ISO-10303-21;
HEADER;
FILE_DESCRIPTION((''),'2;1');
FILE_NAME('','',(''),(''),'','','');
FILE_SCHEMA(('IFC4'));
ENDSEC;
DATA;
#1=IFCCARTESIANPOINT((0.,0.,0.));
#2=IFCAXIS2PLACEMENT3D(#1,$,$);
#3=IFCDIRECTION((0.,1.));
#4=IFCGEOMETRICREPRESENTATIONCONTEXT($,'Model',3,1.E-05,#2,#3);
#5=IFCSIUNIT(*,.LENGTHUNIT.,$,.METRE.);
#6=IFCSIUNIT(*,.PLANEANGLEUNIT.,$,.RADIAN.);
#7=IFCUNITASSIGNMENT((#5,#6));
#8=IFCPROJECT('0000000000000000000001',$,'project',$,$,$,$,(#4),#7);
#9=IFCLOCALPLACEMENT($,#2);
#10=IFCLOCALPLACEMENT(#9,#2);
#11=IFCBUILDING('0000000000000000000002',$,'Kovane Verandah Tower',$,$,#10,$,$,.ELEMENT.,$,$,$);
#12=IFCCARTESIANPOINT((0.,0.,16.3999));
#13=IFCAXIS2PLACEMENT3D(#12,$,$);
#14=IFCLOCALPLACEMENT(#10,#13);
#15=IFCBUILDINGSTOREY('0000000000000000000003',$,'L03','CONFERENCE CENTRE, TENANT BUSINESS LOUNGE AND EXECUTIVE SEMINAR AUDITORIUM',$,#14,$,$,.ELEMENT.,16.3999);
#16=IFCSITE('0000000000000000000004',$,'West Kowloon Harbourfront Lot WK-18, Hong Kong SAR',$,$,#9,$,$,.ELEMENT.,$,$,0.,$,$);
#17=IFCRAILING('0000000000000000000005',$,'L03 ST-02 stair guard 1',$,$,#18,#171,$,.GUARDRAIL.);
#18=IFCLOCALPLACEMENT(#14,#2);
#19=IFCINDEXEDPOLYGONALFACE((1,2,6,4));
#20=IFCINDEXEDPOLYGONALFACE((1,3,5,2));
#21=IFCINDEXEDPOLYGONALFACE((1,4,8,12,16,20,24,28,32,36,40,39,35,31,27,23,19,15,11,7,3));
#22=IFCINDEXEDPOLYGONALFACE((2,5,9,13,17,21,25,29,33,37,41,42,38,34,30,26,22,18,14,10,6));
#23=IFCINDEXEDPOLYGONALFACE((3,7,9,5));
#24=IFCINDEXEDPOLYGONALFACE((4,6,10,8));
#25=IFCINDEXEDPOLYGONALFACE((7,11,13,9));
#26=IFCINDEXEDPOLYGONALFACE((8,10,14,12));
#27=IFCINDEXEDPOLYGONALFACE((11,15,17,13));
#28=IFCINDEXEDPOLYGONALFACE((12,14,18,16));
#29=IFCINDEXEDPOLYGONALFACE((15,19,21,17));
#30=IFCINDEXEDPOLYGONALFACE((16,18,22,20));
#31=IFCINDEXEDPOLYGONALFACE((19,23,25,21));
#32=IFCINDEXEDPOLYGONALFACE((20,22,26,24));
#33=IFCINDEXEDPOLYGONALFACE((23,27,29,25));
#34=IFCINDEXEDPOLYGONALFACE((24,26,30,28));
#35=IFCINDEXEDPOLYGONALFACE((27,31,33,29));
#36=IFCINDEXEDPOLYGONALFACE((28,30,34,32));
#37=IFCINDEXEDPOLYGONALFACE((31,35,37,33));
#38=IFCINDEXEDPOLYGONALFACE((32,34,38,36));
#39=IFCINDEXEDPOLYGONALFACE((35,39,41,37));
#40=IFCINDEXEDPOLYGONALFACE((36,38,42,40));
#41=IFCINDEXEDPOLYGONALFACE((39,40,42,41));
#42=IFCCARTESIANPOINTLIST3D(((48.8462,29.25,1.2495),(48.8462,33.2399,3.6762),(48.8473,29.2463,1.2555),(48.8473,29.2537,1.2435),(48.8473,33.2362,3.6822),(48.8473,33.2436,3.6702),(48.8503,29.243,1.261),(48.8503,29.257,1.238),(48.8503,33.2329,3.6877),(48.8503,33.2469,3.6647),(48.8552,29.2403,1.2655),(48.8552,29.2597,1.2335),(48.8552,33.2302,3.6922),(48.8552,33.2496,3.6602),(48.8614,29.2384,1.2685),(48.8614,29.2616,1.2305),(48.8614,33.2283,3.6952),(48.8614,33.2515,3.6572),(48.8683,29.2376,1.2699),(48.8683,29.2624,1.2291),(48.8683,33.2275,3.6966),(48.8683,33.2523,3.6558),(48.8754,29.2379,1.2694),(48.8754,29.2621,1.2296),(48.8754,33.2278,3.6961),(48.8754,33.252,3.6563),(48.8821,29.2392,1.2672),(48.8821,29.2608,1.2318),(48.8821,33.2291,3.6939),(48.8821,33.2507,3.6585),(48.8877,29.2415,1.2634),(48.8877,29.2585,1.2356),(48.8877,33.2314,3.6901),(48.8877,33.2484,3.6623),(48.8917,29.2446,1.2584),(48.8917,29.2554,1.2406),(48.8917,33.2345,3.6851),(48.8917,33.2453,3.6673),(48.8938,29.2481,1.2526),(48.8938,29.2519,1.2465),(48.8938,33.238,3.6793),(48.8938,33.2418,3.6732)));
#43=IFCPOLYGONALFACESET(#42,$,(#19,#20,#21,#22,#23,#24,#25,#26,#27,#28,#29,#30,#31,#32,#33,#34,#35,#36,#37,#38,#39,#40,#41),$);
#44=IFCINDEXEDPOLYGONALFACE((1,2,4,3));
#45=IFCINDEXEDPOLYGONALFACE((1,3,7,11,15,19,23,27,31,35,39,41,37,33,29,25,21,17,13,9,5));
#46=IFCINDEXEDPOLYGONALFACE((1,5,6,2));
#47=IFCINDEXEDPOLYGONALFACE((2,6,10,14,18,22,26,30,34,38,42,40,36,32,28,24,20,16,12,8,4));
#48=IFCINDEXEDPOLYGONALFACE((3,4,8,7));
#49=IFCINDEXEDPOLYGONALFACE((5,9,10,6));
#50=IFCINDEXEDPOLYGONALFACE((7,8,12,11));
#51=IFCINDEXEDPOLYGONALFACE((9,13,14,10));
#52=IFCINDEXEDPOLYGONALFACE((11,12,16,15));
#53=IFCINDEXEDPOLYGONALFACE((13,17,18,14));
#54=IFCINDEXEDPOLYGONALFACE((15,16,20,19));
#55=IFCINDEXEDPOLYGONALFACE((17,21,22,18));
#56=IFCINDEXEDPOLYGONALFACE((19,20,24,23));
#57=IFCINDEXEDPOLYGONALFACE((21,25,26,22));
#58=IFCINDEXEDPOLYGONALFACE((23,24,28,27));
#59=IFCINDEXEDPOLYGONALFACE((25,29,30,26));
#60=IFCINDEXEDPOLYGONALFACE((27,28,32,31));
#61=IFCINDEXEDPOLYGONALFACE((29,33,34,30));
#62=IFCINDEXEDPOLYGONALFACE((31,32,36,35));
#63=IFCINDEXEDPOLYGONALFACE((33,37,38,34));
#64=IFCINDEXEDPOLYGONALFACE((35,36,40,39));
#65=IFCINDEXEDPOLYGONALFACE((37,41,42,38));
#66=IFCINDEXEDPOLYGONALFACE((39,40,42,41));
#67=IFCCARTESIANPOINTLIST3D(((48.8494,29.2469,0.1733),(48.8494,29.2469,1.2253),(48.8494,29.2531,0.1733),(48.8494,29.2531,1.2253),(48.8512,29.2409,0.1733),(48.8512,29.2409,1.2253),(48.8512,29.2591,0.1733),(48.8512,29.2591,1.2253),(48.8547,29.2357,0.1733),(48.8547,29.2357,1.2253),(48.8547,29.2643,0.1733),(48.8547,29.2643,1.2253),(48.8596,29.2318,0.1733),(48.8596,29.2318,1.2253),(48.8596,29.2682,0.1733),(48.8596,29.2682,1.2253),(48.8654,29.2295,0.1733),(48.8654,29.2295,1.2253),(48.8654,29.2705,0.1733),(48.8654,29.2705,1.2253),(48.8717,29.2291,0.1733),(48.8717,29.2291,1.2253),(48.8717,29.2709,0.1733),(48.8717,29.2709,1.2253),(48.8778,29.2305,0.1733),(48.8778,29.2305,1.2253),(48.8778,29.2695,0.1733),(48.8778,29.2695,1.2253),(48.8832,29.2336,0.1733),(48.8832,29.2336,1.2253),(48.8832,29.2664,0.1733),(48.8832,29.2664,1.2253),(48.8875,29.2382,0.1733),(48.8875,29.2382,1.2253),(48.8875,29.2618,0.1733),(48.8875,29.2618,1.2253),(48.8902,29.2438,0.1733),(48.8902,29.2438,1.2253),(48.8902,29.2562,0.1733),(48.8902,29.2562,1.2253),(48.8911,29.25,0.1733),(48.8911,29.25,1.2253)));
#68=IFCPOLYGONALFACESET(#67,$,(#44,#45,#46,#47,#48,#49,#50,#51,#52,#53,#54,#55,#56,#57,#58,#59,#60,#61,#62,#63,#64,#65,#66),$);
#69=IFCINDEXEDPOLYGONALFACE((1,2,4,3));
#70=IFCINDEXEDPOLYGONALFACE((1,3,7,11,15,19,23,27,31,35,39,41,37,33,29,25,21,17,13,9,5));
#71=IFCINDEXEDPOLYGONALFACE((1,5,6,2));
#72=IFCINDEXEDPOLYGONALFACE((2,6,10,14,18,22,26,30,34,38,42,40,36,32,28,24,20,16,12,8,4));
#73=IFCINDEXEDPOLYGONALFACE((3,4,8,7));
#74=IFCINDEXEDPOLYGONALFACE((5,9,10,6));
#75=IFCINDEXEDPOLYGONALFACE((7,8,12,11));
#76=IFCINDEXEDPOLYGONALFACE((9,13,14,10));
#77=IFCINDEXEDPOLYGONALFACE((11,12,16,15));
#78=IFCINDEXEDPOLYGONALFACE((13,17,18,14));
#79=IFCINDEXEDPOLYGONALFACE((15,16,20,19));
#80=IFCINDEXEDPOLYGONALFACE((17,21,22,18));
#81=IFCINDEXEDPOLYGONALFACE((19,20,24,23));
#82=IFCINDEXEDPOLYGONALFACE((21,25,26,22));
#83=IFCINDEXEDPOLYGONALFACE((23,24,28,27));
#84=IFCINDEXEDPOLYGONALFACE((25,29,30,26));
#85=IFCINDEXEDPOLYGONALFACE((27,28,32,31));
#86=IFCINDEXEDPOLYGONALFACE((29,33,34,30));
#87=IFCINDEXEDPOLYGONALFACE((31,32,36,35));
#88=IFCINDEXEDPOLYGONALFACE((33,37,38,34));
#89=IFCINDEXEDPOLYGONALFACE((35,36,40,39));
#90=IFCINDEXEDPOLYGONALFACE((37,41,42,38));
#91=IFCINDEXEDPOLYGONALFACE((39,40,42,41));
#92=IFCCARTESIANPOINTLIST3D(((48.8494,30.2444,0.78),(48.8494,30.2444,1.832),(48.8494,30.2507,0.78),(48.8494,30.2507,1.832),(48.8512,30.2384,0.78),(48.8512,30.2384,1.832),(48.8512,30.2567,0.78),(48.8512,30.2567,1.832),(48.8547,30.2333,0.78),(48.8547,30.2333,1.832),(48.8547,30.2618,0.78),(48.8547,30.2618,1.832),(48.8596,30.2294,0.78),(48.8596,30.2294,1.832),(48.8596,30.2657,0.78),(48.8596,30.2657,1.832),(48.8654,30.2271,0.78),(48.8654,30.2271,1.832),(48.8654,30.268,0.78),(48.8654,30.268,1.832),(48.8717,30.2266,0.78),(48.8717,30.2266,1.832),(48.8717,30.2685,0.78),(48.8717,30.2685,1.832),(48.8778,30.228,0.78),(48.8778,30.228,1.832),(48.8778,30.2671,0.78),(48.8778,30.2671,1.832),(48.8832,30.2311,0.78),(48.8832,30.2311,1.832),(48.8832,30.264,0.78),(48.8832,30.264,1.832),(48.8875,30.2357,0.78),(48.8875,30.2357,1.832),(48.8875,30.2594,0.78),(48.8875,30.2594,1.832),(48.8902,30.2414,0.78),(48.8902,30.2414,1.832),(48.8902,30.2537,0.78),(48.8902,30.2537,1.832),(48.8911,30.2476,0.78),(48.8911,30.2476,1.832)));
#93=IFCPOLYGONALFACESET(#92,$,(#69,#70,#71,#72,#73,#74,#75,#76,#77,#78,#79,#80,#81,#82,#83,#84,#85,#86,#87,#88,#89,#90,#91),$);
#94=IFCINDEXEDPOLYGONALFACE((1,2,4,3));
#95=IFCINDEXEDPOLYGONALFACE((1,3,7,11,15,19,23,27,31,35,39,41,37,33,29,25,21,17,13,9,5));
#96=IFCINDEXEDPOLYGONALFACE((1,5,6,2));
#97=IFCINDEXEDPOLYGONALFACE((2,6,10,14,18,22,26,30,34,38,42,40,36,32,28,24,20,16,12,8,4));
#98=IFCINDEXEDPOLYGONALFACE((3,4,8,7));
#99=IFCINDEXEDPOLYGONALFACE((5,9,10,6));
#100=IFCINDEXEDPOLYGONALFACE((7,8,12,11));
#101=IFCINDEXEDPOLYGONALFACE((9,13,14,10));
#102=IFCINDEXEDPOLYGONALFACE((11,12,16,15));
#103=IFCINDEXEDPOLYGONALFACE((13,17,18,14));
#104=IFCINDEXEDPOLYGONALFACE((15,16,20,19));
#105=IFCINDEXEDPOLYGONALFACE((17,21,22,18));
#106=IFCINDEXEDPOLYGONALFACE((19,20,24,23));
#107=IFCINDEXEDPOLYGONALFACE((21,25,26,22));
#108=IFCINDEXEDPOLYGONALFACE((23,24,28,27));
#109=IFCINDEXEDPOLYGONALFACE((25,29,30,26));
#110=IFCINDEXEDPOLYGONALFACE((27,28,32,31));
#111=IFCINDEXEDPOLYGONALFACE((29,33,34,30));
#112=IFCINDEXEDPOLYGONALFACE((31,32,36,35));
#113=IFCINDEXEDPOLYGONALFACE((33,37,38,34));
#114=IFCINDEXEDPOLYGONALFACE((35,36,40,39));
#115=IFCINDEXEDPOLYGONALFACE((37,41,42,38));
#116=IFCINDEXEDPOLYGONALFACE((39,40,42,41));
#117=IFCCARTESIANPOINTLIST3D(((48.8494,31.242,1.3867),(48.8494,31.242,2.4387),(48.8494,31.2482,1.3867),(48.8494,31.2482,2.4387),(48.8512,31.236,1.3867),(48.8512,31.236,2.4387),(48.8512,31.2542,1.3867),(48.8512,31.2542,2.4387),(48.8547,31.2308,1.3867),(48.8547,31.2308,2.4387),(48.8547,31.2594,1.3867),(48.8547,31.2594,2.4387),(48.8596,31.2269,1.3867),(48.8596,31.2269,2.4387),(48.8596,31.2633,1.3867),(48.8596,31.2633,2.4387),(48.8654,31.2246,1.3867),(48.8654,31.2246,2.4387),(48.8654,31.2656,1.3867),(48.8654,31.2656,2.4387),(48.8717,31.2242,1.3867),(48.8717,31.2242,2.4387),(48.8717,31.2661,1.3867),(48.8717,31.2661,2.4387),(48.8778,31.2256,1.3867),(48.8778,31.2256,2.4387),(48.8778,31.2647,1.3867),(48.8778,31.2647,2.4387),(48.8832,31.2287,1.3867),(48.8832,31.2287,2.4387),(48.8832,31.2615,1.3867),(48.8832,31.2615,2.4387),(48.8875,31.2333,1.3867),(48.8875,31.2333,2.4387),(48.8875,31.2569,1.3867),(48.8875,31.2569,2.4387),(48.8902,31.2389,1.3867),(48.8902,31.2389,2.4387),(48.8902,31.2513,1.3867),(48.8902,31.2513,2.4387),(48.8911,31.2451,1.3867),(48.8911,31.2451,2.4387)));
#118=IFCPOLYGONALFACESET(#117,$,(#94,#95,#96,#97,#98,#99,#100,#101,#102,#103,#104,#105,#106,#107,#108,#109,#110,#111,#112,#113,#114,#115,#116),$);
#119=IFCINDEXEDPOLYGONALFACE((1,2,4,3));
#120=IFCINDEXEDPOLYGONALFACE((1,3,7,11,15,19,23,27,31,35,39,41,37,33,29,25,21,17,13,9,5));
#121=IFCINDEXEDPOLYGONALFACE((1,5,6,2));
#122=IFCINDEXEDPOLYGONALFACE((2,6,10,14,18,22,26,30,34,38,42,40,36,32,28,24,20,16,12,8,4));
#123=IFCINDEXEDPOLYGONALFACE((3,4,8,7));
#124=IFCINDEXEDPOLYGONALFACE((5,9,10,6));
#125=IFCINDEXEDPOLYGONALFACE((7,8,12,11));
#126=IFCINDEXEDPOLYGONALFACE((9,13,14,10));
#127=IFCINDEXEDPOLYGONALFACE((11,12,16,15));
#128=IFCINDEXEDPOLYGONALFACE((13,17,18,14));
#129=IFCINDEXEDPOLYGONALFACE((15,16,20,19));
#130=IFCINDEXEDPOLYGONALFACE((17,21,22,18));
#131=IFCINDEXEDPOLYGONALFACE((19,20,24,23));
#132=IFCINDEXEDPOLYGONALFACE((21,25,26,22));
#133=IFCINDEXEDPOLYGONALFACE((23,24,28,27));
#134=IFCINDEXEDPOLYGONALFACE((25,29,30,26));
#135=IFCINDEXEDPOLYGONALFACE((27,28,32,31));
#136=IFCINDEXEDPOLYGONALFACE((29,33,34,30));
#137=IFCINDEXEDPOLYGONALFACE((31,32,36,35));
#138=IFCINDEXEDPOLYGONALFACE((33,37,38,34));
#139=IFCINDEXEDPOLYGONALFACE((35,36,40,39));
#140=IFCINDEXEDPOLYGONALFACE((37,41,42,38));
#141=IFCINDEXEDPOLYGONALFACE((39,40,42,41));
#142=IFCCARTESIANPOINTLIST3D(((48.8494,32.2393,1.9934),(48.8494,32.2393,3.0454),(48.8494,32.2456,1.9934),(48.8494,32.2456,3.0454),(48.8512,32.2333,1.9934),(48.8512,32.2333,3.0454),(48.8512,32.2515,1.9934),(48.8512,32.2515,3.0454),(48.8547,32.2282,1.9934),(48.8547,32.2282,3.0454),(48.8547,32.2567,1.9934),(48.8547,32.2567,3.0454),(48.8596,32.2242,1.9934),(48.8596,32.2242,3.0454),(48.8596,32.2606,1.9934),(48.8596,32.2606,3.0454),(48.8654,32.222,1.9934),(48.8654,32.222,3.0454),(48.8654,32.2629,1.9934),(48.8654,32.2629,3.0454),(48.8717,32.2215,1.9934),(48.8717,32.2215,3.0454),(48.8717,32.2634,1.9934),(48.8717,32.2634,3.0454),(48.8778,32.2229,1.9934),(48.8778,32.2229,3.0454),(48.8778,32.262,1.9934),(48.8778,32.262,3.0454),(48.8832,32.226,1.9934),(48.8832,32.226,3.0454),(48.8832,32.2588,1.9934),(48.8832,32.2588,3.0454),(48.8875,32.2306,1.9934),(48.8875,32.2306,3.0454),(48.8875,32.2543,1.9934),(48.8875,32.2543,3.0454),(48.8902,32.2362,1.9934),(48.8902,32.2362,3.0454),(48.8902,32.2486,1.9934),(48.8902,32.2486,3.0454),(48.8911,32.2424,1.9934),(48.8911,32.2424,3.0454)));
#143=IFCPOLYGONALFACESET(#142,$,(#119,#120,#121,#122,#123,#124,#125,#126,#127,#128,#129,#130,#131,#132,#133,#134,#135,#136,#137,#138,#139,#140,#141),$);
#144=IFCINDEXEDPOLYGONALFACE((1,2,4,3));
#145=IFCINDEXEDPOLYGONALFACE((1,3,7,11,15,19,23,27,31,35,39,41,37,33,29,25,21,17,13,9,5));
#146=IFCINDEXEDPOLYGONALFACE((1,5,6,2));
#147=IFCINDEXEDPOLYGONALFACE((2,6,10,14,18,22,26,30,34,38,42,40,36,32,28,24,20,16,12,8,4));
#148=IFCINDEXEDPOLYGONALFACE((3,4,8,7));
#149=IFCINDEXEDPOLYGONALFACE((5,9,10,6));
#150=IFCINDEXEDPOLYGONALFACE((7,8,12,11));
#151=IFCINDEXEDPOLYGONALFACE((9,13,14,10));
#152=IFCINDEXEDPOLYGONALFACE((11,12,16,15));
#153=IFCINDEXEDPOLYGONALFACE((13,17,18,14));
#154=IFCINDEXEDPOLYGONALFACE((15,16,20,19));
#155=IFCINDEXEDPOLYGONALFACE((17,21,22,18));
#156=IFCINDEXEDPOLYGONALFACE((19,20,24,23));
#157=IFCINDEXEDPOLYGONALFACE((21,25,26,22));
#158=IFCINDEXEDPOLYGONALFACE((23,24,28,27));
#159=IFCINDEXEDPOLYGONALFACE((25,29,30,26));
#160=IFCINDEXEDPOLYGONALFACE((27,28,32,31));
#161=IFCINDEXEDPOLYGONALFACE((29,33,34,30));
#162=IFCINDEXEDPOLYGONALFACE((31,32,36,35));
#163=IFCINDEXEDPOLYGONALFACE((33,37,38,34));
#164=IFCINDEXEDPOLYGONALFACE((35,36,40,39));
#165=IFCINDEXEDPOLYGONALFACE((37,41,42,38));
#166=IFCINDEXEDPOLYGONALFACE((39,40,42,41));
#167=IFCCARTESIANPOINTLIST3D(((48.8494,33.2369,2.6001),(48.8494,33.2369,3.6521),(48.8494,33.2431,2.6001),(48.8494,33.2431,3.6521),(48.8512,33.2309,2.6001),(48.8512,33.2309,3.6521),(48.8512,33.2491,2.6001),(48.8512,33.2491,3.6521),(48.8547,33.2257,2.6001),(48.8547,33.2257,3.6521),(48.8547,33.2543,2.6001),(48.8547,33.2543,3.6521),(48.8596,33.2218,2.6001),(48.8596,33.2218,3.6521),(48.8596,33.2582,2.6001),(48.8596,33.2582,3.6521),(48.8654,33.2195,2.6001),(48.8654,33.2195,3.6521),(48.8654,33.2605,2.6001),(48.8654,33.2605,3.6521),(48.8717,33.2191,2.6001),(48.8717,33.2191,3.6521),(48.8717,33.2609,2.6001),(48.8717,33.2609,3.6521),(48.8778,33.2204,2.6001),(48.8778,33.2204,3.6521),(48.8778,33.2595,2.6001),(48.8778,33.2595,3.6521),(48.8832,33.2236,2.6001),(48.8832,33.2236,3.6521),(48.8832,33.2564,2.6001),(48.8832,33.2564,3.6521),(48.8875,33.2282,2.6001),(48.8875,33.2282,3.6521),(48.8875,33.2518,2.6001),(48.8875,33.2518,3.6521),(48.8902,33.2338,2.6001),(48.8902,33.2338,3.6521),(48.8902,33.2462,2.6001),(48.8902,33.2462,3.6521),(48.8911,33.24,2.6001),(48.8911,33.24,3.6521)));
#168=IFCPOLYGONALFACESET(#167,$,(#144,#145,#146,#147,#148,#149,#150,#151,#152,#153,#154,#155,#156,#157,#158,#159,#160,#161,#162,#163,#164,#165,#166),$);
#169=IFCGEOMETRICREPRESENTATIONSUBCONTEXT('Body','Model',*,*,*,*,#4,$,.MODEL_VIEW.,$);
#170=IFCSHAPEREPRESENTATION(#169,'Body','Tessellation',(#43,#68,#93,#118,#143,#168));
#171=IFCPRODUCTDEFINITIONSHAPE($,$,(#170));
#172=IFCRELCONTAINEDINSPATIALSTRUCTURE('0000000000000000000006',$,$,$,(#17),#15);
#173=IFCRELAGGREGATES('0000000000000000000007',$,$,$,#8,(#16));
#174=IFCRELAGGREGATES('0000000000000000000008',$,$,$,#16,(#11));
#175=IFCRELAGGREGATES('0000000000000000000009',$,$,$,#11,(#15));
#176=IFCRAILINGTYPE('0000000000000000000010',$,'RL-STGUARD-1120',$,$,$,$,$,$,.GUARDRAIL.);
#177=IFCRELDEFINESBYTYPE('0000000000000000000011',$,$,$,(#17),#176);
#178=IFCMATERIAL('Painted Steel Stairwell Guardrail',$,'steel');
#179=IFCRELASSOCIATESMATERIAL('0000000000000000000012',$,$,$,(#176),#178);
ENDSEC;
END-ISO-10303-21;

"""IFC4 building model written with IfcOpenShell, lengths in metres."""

from ifc_helpers import new_model, si_unit, direction, frame, origin, origin_2d, place, context, subcontext, project, spatial, circle, extrude, material, type_object, element, save


model = new_model("IFC4")

# Units and contexts
model_context = context("Model", 3, precision=1e-05, world=origin(), true_north=direction((0.0, 1.0)))
body_context = subcontext(model_context, "Body", "Model", "MODEL_VIEW")
ifc_project = project(units=[si_unit("LENGTHUNIT", "METRE"), si_unit("PLANEANGLEUNIT", "RADIAN")], contexts=[model_context])

# Site, building, storey
site_placement = place(None, origin())
site = spatial("IfcSite", under=ifc_project, at=site_placement, Name="West Kowloon Harbourfront Lot WK-18, Hong Kong SAR", CompositionType="ELEMENT", RefElevation=0.0)
building_placement = place(site_placement, origin())
building = spatial("IfcBuilding", under=site, at=building_placement, Name="Kovane Verandah Tower", CompositionType="ELEMENT")
storey_placement = place(building_placement, frame((0.0, 0.0, 16.3999)))
storey = spatial("IfcBuildingStorey", under=building, at=storey_placement, Name="L03", Description="CONFERENCE CENTRE, TENANT BUSINESS LOUNGE AND EXECUTIVE SEMINAR AUDITORIUM", CompositionType="ELEMENT", Elevation=16.3999)

# Railing
ifc_material_1 = material(Name="Painted Steel Stairwell Guardrail", Category="steel")
railing_type_1 = type_object("IfcRailingType", Name="RL-STGUARD-1120", PredefinedType="GUARDRAIL", material=ifc_material_1)
railing_1_placement = place(storey_placement, frame((48.8701, 29.25, 0.1733)))
element("IfcRailing", 1, at=railing_1_placement, inside=storey, type_object=railing_type_1, Name="L03 ST-02 stair guard 1", PredefinedType="GUARDRAIL", context=body_context, shape_type="SweptSolid", body=[
    extrude(circle(Radius=0.0239, at=origin_2d()), frame((0.0, 0.0, 1.0762), z_axis=(0.0, 0.854382, 0.519645), x_axis=(-1.0, 0.0, 0.0)), (0.0, 0.0, 1.0), 4.6699),
    extrude(circle(Radius=0.021, at=origin_2d()), origin(), (0.0, 0.0, 1.0), 1.052),
    extrude(circle(Radius=0.021, at=origin_2d()), frame((0.0, 0.9976, 0.6067)), (0.0, 0.0, 1.0), 1.052),
    extrude(circle(Radius=0.021, at=origin_2d()), frame((0.0, 1.9951, 1.2134)), (0.0, 0.0, 1.0), 1.052),
    extrude(circle(Radius=0.021, at=origin_2d()), frame((0.0, 2.9924, 1.8201)), (0.0, 0.0, 1.0), 1.052),
    extrude(circle(Radius=0.021, at=origin_2d()), frame((0.0, 3.99, 2.4268)), (0.0, 0.0, 1.0), 1.052),
])

save(model, "model.ifc")
